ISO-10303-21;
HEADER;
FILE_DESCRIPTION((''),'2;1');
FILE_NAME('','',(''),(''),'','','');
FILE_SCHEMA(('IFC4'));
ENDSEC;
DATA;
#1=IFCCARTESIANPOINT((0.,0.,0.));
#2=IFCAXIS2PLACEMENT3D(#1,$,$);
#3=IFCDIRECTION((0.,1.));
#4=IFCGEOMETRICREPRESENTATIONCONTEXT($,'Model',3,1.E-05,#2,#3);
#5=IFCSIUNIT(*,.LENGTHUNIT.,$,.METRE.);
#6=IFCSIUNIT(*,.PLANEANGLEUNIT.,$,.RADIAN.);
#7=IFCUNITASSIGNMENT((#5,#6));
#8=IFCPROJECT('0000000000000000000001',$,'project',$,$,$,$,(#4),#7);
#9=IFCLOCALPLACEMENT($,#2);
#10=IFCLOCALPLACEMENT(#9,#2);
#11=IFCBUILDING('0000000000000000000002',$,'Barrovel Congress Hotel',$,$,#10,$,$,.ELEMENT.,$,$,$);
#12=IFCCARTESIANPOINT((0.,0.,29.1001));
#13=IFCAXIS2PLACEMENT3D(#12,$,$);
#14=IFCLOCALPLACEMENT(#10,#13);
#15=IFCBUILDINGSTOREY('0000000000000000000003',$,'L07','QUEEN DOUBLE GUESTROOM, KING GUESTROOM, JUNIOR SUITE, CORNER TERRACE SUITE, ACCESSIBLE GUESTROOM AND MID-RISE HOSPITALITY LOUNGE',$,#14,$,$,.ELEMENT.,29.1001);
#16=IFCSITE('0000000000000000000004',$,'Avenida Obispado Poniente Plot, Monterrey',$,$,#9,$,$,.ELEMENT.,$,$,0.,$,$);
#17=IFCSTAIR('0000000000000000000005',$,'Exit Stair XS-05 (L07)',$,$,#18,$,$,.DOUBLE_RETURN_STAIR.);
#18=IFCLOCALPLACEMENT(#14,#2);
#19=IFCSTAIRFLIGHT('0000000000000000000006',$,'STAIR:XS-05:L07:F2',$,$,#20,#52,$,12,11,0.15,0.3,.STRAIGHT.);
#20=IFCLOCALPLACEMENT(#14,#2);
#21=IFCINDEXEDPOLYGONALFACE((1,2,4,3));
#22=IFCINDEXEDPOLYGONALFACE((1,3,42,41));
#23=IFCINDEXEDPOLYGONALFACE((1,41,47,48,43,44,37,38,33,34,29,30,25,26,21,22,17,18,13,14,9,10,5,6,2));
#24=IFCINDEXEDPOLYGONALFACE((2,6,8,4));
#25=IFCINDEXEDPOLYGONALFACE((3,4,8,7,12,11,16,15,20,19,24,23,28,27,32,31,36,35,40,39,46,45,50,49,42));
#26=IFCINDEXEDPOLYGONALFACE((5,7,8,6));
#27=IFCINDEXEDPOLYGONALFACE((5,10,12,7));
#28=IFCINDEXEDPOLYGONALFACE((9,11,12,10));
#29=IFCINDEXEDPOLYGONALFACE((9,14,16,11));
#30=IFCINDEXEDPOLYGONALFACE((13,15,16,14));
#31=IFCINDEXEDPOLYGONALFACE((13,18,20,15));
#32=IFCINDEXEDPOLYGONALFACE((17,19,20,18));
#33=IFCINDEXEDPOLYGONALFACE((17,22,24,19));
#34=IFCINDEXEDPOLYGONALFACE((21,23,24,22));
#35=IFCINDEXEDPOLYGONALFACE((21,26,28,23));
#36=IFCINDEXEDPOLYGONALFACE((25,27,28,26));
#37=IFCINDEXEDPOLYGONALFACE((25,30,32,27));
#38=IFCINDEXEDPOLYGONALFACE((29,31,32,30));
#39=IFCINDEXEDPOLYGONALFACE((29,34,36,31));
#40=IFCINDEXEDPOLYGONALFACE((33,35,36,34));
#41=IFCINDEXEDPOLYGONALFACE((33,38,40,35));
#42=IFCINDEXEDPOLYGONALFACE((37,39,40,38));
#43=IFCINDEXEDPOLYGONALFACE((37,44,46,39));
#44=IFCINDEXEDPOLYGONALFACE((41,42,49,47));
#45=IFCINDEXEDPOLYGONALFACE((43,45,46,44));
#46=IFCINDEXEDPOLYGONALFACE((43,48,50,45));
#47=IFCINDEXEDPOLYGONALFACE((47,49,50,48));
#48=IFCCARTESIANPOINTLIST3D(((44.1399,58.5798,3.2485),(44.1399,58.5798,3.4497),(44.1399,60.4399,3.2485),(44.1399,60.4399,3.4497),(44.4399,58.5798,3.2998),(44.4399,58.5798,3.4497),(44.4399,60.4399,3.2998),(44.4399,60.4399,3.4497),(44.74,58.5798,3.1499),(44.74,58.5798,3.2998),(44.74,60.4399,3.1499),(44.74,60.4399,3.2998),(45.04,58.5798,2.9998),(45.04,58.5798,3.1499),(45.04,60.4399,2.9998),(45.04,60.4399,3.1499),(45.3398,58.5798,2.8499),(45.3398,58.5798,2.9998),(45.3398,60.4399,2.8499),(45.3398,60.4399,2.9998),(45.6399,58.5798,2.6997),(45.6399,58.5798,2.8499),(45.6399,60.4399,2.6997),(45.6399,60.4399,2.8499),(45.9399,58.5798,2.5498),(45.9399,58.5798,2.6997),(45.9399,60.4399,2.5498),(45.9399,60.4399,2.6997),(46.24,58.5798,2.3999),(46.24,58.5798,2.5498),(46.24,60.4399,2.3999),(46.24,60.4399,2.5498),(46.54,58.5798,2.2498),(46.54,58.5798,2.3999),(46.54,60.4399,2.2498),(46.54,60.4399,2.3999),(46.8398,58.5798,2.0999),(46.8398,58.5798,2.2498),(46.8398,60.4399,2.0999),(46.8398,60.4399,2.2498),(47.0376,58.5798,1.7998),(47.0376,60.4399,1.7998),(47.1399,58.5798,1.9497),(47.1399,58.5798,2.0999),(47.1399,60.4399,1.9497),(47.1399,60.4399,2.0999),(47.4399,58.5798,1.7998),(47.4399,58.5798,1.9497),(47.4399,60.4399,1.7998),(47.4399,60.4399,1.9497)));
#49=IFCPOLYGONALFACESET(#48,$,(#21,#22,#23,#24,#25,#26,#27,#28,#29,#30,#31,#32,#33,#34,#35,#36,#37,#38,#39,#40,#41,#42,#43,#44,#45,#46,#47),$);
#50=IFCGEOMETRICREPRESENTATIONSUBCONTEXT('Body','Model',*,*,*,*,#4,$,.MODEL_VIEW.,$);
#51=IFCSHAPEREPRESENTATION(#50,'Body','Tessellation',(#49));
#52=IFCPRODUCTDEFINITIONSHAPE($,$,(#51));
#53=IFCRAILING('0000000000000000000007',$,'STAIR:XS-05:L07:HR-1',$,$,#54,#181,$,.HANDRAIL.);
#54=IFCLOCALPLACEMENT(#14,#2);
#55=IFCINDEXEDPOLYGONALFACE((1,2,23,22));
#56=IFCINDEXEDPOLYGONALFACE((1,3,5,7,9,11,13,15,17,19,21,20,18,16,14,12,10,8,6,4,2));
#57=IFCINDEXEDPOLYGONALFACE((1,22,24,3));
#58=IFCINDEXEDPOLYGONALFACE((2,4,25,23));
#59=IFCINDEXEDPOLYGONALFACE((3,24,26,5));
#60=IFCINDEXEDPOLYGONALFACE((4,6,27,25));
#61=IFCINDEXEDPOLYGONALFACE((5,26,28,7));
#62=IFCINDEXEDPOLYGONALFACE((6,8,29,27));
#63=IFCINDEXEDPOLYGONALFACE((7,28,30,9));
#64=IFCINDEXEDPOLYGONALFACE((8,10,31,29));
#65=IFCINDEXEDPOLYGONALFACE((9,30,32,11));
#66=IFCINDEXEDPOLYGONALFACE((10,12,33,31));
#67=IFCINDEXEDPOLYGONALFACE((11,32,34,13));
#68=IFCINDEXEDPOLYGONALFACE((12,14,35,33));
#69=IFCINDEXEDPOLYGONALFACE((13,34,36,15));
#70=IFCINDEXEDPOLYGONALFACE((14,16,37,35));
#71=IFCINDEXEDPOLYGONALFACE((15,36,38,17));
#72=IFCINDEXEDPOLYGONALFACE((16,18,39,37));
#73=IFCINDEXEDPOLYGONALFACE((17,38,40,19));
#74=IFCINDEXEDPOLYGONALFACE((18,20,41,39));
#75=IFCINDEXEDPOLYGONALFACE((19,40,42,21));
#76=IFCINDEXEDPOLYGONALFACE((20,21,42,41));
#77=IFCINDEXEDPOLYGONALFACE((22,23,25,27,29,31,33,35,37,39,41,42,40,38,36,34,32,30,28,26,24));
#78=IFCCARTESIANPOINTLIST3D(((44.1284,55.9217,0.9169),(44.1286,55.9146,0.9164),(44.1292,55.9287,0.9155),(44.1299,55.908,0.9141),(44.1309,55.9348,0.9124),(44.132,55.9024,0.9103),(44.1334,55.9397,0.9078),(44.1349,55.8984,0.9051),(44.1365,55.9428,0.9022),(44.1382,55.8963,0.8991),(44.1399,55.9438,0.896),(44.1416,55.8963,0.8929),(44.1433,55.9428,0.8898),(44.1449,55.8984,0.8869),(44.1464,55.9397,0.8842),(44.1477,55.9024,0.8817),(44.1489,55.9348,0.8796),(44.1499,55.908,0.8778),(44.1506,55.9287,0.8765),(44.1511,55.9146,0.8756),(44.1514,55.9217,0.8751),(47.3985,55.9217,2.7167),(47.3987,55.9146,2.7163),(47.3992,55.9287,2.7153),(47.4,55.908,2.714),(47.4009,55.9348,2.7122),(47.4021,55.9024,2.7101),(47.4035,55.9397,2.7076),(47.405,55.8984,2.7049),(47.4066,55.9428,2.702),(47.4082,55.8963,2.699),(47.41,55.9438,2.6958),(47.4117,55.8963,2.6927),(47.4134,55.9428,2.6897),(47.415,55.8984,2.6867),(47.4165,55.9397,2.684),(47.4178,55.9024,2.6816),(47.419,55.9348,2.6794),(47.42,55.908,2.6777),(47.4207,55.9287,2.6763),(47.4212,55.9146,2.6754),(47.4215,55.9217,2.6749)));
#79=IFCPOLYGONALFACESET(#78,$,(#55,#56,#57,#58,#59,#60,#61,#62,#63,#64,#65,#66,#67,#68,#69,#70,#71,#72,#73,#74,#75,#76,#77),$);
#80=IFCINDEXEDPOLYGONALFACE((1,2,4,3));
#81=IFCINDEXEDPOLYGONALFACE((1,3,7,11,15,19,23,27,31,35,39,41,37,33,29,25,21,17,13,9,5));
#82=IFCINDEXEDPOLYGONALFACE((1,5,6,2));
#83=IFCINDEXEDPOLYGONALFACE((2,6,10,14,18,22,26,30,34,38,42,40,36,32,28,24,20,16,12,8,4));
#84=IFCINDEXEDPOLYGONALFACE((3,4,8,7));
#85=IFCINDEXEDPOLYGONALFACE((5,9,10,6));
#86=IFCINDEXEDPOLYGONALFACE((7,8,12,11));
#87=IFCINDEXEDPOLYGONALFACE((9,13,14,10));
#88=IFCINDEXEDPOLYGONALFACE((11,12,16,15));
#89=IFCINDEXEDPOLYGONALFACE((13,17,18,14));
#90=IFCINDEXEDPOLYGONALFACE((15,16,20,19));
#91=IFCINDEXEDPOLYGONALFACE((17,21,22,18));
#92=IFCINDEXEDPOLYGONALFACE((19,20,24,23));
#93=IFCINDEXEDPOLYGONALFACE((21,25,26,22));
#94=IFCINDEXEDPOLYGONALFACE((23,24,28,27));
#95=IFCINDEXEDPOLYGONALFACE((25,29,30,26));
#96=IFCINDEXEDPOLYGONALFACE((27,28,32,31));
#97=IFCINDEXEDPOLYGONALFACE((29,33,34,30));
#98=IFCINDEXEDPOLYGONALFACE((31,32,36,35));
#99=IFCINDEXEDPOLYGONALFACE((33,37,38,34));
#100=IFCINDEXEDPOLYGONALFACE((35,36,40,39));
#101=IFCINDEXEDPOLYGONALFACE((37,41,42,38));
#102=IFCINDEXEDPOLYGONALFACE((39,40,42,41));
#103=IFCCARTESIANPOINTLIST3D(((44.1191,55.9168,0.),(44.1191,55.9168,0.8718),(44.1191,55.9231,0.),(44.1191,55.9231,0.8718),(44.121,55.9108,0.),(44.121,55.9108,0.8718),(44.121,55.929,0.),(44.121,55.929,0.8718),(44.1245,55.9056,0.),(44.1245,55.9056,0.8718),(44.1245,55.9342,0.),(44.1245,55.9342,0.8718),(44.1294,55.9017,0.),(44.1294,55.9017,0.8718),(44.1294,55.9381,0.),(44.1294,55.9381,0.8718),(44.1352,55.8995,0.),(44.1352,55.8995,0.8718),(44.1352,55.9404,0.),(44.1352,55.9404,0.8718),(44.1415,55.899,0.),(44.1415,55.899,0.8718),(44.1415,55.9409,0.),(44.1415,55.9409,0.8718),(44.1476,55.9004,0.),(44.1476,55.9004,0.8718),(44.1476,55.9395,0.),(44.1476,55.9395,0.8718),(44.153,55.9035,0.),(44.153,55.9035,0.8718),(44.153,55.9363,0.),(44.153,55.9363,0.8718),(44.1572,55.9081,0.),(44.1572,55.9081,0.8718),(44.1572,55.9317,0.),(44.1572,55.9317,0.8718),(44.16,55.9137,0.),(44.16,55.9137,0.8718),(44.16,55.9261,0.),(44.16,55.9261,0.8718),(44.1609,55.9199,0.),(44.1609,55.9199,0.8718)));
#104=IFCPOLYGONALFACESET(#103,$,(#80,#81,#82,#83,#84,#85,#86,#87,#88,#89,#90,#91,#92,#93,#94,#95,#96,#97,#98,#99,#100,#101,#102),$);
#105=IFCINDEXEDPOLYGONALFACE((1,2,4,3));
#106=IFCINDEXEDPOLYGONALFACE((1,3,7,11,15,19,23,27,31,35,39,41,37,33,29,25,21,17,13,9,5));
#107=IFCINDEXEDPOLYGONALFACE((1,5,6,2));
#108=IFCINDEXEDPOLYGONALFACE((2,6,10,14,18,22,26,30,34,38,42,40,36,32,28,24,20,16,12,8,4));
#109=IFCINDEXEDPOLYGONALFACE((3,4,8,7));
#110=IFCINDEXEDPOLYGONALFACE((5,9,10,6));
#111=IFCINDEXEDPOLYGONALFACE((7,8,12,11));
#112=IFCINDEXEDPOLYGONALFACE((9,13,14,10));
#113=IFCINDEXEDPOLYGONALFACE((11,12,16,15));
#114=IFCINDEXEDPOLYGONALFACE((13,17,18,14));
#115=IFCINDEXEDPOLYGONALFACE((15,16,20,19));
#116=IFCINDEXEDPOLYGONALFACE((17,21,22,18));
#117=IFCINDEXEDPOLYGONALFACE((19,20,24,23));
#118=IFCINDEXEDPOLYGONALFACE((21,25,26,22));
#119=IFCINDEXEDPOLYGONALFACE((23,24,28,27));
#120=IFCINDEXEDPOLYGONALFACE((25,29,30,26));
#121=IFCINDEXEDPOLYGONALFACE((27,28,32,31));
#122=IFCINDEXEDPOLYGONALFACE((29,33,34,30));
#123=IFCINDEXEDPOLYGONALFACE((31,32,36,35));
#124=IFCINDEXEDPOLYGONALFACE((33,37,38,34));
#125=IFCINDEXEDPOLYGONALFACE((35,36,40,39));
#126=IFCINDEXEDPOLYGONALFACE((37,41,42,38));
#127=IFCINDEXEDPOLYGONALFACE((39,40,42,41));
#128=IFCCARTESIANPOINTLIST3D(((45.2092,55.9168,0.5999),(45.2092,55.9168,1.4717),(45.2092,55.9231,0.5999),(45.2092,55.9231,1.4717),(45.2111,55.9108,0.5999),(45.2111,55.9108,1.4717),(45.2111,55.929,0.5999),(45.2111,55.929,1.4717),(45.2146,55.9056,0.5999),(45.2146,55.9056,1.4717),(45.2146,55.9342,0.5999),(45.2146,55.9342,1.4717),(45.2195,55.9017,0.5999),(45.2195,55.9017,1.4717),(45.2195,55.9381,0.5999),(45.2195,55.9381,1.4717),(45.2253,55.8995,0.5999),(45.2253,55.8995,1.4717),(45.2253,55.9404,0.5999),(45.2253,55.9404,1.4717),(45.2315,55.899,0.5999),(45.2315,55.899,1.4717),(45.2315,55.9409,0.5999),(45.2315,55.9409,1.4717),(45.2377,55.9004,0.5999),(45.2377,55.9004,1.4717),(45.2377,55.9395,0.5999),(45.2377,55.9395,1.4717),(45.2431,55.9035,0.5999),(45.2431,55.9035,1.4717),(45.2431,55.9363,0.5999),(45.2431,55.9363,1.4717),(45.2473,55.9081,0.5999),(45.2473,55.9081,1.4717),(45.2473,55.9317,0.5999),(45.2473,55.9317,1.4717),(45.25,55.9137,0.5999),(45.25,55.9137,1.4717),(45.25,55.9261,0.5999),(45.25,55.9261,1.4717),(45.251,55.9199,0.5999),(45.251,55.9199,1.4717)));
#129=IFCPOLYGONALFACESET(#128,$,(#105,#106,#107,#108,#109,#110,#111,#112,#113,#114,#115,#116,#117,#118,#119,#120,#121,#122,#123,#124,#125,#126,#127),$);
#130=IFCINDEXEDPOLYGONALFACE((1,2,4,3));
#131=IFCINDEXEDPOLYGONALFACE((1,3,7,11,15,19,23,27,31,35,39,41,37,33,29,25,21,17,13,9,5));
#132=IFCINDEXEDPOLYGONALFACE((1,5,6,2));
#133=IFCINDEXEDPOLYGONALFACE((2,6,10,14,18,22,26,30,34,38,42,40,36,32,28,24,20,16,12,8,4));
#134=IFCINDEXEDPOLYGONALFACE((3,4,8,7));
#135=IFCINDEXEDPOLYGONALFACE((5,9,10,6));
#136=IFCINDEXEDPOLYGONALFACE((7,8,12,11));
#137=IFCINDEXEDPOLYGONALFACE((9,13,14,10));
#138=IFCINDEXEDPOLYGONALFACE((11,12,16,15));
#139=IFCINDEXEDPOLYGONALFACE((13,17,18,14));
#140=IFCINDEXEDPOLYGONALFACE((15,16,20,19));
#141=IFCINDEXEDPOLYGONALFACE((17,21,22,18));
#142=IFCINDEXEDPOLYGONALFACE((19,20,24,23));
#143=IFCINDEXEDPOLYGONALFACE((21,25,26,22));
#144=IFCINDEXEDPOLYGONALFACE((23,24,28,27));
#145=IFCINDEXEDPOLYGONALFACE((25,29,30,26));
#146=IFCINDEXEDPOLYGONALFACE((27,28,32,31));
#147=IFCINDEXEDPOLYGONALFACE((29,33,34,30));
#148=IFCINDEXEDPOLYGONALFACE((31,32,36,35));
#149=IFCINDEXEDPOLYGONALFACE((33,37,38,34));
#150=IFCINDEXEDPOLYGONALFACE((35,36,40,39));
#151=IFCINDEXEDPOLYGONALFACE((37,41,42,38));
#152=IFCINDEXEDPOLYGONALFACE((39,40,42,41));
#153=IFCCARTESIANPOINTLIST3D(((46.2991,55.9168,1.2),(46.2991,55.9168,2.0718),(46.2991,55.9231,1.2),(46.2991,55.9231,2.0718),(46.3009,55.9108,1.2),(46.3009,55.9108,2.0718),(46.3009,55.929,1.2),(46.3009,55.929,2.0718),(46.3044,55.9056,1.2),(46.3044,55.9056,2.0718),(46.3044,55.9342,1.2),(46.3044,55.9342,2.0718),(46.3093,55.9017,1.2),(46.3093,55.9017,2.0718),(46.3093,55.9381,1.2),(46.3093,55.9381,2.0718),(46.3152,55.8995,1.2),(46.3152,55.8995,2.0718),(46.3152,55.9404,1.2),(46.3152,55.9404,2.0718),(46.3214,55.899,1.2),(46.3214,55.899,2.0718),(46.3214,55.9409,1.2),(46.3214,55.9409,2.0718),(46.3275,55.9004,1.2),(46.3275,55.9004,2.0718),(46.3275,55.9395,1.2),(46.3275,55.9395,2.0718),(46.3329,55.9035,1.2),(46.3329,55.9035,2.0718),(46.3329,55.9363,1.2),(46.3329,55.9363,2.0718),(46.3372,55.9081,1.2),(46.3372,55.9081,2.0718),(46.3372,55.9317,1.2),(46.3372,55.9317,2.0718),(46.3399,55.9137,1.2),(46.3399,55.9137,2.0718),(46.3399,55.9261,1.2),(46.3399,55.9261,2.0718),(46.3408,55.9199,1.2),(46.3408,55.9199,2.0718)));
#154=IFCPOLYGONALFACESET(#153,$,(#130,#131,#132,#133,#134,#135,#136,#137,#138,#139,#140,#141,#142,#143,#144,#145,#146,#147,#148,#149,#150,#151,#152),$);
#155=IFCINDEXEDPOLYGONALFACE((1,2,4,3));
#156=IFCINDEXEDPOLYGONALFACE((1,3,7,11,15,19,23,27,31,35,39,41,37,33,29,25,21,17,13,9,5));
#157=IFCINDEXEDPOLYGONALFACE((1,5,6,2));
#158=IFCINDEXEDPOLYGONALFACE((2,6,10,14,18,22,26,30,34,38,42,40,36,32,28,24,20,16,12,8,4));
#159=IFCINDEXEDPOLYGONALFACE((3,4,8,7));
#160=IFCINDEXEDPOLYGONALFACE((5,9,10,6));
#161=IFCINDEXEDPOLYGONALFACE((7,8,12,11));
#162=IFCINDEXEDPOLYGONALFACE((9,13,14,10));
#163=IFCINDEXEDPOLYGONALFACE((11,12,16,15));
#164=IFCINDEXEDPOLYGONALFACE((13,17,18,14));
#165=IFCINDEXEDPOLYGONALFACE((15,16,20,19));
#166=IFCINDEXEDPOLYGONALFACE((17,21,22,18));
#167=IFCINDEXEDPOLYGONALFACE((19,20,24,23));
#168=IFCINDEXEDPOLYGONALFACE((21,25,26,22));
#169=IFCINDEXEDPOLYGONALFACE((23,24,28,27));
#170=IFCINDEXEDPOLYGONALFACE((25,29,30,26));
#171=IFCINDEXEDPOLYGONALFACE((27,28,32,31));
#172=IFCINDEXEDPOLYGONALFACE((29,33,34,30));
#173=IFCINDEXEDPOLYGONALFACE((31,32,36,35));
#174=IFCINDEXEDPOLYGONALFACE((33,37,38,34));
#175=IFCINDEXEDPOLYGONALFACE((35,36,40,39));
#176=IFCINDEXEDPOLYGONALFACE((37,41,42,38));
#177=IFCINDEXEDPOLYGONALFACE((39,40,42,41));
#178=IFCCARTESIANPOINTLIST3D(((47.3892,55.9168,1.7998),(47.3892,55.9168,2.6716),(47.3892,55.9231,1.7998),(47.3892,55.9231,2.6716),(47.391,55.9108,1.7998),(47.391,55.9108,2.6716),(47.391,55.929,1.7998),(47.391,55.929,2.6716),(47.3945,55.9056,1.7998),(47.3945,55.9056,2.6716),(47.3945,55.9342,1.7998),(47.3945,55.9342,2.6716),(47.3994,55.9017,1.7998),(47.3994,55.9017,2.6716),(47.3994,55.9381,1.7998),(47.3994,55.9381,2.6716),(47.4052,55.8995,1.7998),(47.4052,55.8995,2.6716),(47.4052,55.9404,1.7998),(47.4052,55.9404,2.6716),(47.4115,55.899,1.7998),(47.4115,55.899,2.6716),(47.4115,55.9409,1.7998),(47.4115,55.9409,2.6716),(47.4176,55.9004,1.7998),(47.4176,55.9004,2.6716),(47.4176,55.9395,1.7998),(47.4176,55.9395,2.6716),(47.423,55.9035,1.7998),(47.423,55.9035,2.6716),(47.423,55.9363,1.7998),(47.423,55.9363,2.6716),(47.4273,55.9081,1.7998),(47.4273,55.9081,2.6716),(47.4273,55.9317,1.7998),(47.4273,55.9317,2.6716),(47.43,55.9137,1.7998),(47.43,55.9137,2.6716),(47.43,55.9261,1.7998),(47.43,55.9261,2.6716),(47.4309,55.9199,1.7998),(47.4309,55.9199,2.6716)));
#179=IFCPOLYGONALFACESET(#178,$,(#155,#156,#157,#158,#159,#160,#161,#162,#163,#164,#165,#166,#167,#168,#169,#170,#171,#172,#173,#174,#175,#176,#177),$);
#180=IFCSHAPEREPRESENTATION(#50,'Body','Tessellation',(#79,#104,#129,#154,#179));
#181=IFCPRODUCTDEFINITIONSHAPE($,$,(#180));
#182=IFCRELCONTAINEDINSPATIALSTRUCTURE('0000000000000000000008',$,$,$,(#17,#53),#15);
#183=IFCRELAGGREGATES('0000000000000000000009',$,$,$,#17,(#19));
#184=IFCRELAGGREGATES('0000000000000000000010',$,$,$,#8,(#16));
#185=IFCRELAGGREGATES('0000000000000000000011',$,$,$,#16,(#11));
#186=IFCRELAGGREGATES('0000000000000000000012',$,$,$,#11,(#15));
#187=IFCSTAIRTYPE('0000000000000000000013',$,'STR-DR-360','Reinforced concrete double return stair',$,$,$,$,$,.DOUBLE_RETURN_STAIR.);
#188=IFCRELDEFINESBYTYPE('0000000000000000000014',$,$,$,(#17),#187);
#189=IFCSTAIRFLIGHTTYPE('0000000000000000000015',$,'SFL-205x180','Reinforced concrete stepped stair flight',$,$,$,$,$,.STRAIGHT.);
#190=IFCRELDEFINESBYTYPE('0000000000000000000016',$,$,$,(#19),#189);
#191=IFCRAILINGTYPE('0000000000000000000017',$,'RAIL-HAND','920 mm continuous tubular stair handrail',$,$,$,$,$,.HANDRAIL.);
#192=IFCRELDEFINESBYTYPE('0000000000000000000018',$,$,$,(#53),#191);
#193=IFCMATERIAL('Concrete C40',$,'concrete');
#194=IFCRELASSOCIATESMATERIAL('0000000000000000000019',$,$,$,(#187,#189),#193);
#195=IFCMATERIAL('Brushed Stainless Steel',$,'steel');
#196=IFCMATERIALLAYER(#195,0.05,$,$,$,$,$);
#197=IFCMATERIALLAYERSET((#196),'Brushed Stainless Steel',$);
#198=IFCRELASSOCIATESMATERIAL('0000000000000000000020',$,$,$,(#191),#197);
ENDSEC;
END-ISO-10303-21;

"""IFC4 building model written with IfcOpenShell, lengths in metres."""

from ifc_helpers import new_model, si_unit, direction, frame, origin, origin_2d, place, context, subcontext, project, spatial, polyline, circle, outline, extrude, material, layer, layer_set, type_object, element, aggregate, save


model = new_model("IFC4")

# Units and contexts
model_context = context("Model", 3, precision=1e-05, world=origin(), true_north=direction((0.0, 1.0)))
body_context = subcontext(model_context, "Body", "Model", "MODEL_VIEW")
ifc_project = project(units=[si_unit("LENGTHUNIT", "METRE"), si_unit("PLANEANGLEUNIT", "RADIAN")], contexts=[model_context])

# Site, building, storey
site_placement = place(None, origin())
site = spatial("IfcSite", under=ifc_project, at=site_placement, Name="Avenida Obispado Poniente Plot, Monterrey", CompositionType="ELEMENT", RefElevation=0.0)
building_placement = place(site_placement, origin())
building = spatial("IfcBuilding", under=site, at=building_placement, Name="Barrovel Congress Hotel", CompositionType="ELEMENT")
storey_placement = place(building_placement, frame((0.0, 0.0, 29.1001)))
storey = spatial("IfcBuildingStorey", under=building, at=storey_placement, Name="L07", Description="QUEEN DOUBLE GUESTROOM, KING GUESTROOM, JUNIOR SUITE, CORNER TERRACE SUITE, ACCESSIBLE GUESTROOM AND MID-RISE HOSPITALITY LOUNGE", CompositionType="ELEMENT", Elevation=29.1001)

# Shared definitions
ifc_material_1 = material(Name="Concrete C40", Category="concrete")

# Stair, stair flight
stair_type = type_object("IfcStairType", Name="STR-DR-360", Description="Reinforced concrete double return stair", PredefinedType="DOUBLE_RETURN_STAIR", material=ifc_material_1)
stair_placement = place(storey_placement, origin())
stair = element("IfcStair", 1, at=stair_placement, inside=storey, type_object=stair_type, Name="Exit Stair XS-05 (L07)", PredefinedType="DOUBLE_RETURN_STAIR")
stair_flight_type = type_object("IfcStairFlightType", Name="SFL-205x180", Description="Reinforced concrete stepped stair flight", PredefinedType="STRAIGHT", material=ifc_material_1)
stair_flight_1_placement = place(storey_placement, frame((47.4399, 59.51, 1.7998), z_axis=(0.0, 0.0, 1.0), x_axis=(-1.0, 0.0, 0.0)))
stair_flight_1 = element("IfcStairFlight", 2, at=stair_flight_1_placement, type_object=stair_flight_type, Name="STAIR:XS-05:L07:F2", NumberOfRisers=12, NumberOfTreads=11, PredefinedType="STRAIGHT", RiserHeight=0.15, TreadLength=0.3, context=body_context, shape_type="SweptSolid", body=[
    extrude(outline(polyline([(0.0, 0.0), (0.0, 0.1499), (0.3, 0.1499), (0.3, 0.3), (0.6001, 0.3), (0.6001, 0.45), (0.8999, 0.45), (0.8999, 0.6001), (1.2, 0.6001), (1.2, 0.75), (1.5, 0.75), (1.5, 0.8999), (1.8, 0.8999), (1.8, 1.05), (2.1001, 1.05), (2.1001, 1.2), (2.3999, 1.2), (2.3999, 1.3501), (2.7, 1.3501), (2.7, 1.5), (3.0, 1.5), (3.0, 1.6499), (3.3, 1.6499), (3.3, 1.8), (3.3, 1.4487), (0.4023, 0.0), (0.0, 0.0)])), frame((0.0, 0.9302, 0.0), z_axis=(0.0, -1.0, 0.0), x_axis=(1.0, 0.0, 0.0)), (0.0, 0.0, 1.0), 1.8601),
])
aggregate(stair, [stair_flight_1])

# Railing
ifc_material_2 = material(Name="Brushed Stainless Steel", Category="steel")
ifc_layer_1 = layer(ifc_material_2, 0.05)
ifc_layer_set_1 = layer_set([ifc_layer_1], Name="Brushed Stainless Steel")
railing_type_1 = type_object("IfcRailingType", Name="RAIL-HAND", Description="920 mm continuous tubular stair handrail", PredefinedType="HANDRAIL", material=ifc_layer_set_1)
railing_1_placement = place(storey_placement, frame((44.1399, 55.9199, 0.0)))
element("IfcRailing", 3, at=railing_1_placement, inside=storey, type_object=railing_type_1, Name="STAIR:XS-05:L07:HR-1", PredefinedType="HANDRAIL", context=body_context, shape_type="SweptSolid", body=[
    extrude(circle(Radius=0.0239, at=origin_2d()), frame((0.0, 0.0, 0.896), z_axis=(0.876069, 0.0, 0.482185), x_axis=(0.0, 1.0, 0.0)), (0.0, 0.0, 1.0), 3.7327),
    extrude(circle(Radius=0.021, at=origin_2d()), origin(), (0.0, 0.0, 1.0), 0.8718),
    extrude(circle(Radius=0.021, at=origin_2d()), frame((1.0901, 0.0, 0.5999)), (0.0, 0.0, 1.0), 0.8718),
    extrude(circle(Radius=0.021, at=origin_2d()), frame((2.1799, 0.0, 1.2)), (0.0, 0.0, 1.0), 0.8718),
    extrude(circle(Radius=0.021, at=origin_2d()), frame((3.27, 0.0, 1.7998)), (0.0, 0.0, 1.0), 0.8718),
])

save(model, "model.ifc")
